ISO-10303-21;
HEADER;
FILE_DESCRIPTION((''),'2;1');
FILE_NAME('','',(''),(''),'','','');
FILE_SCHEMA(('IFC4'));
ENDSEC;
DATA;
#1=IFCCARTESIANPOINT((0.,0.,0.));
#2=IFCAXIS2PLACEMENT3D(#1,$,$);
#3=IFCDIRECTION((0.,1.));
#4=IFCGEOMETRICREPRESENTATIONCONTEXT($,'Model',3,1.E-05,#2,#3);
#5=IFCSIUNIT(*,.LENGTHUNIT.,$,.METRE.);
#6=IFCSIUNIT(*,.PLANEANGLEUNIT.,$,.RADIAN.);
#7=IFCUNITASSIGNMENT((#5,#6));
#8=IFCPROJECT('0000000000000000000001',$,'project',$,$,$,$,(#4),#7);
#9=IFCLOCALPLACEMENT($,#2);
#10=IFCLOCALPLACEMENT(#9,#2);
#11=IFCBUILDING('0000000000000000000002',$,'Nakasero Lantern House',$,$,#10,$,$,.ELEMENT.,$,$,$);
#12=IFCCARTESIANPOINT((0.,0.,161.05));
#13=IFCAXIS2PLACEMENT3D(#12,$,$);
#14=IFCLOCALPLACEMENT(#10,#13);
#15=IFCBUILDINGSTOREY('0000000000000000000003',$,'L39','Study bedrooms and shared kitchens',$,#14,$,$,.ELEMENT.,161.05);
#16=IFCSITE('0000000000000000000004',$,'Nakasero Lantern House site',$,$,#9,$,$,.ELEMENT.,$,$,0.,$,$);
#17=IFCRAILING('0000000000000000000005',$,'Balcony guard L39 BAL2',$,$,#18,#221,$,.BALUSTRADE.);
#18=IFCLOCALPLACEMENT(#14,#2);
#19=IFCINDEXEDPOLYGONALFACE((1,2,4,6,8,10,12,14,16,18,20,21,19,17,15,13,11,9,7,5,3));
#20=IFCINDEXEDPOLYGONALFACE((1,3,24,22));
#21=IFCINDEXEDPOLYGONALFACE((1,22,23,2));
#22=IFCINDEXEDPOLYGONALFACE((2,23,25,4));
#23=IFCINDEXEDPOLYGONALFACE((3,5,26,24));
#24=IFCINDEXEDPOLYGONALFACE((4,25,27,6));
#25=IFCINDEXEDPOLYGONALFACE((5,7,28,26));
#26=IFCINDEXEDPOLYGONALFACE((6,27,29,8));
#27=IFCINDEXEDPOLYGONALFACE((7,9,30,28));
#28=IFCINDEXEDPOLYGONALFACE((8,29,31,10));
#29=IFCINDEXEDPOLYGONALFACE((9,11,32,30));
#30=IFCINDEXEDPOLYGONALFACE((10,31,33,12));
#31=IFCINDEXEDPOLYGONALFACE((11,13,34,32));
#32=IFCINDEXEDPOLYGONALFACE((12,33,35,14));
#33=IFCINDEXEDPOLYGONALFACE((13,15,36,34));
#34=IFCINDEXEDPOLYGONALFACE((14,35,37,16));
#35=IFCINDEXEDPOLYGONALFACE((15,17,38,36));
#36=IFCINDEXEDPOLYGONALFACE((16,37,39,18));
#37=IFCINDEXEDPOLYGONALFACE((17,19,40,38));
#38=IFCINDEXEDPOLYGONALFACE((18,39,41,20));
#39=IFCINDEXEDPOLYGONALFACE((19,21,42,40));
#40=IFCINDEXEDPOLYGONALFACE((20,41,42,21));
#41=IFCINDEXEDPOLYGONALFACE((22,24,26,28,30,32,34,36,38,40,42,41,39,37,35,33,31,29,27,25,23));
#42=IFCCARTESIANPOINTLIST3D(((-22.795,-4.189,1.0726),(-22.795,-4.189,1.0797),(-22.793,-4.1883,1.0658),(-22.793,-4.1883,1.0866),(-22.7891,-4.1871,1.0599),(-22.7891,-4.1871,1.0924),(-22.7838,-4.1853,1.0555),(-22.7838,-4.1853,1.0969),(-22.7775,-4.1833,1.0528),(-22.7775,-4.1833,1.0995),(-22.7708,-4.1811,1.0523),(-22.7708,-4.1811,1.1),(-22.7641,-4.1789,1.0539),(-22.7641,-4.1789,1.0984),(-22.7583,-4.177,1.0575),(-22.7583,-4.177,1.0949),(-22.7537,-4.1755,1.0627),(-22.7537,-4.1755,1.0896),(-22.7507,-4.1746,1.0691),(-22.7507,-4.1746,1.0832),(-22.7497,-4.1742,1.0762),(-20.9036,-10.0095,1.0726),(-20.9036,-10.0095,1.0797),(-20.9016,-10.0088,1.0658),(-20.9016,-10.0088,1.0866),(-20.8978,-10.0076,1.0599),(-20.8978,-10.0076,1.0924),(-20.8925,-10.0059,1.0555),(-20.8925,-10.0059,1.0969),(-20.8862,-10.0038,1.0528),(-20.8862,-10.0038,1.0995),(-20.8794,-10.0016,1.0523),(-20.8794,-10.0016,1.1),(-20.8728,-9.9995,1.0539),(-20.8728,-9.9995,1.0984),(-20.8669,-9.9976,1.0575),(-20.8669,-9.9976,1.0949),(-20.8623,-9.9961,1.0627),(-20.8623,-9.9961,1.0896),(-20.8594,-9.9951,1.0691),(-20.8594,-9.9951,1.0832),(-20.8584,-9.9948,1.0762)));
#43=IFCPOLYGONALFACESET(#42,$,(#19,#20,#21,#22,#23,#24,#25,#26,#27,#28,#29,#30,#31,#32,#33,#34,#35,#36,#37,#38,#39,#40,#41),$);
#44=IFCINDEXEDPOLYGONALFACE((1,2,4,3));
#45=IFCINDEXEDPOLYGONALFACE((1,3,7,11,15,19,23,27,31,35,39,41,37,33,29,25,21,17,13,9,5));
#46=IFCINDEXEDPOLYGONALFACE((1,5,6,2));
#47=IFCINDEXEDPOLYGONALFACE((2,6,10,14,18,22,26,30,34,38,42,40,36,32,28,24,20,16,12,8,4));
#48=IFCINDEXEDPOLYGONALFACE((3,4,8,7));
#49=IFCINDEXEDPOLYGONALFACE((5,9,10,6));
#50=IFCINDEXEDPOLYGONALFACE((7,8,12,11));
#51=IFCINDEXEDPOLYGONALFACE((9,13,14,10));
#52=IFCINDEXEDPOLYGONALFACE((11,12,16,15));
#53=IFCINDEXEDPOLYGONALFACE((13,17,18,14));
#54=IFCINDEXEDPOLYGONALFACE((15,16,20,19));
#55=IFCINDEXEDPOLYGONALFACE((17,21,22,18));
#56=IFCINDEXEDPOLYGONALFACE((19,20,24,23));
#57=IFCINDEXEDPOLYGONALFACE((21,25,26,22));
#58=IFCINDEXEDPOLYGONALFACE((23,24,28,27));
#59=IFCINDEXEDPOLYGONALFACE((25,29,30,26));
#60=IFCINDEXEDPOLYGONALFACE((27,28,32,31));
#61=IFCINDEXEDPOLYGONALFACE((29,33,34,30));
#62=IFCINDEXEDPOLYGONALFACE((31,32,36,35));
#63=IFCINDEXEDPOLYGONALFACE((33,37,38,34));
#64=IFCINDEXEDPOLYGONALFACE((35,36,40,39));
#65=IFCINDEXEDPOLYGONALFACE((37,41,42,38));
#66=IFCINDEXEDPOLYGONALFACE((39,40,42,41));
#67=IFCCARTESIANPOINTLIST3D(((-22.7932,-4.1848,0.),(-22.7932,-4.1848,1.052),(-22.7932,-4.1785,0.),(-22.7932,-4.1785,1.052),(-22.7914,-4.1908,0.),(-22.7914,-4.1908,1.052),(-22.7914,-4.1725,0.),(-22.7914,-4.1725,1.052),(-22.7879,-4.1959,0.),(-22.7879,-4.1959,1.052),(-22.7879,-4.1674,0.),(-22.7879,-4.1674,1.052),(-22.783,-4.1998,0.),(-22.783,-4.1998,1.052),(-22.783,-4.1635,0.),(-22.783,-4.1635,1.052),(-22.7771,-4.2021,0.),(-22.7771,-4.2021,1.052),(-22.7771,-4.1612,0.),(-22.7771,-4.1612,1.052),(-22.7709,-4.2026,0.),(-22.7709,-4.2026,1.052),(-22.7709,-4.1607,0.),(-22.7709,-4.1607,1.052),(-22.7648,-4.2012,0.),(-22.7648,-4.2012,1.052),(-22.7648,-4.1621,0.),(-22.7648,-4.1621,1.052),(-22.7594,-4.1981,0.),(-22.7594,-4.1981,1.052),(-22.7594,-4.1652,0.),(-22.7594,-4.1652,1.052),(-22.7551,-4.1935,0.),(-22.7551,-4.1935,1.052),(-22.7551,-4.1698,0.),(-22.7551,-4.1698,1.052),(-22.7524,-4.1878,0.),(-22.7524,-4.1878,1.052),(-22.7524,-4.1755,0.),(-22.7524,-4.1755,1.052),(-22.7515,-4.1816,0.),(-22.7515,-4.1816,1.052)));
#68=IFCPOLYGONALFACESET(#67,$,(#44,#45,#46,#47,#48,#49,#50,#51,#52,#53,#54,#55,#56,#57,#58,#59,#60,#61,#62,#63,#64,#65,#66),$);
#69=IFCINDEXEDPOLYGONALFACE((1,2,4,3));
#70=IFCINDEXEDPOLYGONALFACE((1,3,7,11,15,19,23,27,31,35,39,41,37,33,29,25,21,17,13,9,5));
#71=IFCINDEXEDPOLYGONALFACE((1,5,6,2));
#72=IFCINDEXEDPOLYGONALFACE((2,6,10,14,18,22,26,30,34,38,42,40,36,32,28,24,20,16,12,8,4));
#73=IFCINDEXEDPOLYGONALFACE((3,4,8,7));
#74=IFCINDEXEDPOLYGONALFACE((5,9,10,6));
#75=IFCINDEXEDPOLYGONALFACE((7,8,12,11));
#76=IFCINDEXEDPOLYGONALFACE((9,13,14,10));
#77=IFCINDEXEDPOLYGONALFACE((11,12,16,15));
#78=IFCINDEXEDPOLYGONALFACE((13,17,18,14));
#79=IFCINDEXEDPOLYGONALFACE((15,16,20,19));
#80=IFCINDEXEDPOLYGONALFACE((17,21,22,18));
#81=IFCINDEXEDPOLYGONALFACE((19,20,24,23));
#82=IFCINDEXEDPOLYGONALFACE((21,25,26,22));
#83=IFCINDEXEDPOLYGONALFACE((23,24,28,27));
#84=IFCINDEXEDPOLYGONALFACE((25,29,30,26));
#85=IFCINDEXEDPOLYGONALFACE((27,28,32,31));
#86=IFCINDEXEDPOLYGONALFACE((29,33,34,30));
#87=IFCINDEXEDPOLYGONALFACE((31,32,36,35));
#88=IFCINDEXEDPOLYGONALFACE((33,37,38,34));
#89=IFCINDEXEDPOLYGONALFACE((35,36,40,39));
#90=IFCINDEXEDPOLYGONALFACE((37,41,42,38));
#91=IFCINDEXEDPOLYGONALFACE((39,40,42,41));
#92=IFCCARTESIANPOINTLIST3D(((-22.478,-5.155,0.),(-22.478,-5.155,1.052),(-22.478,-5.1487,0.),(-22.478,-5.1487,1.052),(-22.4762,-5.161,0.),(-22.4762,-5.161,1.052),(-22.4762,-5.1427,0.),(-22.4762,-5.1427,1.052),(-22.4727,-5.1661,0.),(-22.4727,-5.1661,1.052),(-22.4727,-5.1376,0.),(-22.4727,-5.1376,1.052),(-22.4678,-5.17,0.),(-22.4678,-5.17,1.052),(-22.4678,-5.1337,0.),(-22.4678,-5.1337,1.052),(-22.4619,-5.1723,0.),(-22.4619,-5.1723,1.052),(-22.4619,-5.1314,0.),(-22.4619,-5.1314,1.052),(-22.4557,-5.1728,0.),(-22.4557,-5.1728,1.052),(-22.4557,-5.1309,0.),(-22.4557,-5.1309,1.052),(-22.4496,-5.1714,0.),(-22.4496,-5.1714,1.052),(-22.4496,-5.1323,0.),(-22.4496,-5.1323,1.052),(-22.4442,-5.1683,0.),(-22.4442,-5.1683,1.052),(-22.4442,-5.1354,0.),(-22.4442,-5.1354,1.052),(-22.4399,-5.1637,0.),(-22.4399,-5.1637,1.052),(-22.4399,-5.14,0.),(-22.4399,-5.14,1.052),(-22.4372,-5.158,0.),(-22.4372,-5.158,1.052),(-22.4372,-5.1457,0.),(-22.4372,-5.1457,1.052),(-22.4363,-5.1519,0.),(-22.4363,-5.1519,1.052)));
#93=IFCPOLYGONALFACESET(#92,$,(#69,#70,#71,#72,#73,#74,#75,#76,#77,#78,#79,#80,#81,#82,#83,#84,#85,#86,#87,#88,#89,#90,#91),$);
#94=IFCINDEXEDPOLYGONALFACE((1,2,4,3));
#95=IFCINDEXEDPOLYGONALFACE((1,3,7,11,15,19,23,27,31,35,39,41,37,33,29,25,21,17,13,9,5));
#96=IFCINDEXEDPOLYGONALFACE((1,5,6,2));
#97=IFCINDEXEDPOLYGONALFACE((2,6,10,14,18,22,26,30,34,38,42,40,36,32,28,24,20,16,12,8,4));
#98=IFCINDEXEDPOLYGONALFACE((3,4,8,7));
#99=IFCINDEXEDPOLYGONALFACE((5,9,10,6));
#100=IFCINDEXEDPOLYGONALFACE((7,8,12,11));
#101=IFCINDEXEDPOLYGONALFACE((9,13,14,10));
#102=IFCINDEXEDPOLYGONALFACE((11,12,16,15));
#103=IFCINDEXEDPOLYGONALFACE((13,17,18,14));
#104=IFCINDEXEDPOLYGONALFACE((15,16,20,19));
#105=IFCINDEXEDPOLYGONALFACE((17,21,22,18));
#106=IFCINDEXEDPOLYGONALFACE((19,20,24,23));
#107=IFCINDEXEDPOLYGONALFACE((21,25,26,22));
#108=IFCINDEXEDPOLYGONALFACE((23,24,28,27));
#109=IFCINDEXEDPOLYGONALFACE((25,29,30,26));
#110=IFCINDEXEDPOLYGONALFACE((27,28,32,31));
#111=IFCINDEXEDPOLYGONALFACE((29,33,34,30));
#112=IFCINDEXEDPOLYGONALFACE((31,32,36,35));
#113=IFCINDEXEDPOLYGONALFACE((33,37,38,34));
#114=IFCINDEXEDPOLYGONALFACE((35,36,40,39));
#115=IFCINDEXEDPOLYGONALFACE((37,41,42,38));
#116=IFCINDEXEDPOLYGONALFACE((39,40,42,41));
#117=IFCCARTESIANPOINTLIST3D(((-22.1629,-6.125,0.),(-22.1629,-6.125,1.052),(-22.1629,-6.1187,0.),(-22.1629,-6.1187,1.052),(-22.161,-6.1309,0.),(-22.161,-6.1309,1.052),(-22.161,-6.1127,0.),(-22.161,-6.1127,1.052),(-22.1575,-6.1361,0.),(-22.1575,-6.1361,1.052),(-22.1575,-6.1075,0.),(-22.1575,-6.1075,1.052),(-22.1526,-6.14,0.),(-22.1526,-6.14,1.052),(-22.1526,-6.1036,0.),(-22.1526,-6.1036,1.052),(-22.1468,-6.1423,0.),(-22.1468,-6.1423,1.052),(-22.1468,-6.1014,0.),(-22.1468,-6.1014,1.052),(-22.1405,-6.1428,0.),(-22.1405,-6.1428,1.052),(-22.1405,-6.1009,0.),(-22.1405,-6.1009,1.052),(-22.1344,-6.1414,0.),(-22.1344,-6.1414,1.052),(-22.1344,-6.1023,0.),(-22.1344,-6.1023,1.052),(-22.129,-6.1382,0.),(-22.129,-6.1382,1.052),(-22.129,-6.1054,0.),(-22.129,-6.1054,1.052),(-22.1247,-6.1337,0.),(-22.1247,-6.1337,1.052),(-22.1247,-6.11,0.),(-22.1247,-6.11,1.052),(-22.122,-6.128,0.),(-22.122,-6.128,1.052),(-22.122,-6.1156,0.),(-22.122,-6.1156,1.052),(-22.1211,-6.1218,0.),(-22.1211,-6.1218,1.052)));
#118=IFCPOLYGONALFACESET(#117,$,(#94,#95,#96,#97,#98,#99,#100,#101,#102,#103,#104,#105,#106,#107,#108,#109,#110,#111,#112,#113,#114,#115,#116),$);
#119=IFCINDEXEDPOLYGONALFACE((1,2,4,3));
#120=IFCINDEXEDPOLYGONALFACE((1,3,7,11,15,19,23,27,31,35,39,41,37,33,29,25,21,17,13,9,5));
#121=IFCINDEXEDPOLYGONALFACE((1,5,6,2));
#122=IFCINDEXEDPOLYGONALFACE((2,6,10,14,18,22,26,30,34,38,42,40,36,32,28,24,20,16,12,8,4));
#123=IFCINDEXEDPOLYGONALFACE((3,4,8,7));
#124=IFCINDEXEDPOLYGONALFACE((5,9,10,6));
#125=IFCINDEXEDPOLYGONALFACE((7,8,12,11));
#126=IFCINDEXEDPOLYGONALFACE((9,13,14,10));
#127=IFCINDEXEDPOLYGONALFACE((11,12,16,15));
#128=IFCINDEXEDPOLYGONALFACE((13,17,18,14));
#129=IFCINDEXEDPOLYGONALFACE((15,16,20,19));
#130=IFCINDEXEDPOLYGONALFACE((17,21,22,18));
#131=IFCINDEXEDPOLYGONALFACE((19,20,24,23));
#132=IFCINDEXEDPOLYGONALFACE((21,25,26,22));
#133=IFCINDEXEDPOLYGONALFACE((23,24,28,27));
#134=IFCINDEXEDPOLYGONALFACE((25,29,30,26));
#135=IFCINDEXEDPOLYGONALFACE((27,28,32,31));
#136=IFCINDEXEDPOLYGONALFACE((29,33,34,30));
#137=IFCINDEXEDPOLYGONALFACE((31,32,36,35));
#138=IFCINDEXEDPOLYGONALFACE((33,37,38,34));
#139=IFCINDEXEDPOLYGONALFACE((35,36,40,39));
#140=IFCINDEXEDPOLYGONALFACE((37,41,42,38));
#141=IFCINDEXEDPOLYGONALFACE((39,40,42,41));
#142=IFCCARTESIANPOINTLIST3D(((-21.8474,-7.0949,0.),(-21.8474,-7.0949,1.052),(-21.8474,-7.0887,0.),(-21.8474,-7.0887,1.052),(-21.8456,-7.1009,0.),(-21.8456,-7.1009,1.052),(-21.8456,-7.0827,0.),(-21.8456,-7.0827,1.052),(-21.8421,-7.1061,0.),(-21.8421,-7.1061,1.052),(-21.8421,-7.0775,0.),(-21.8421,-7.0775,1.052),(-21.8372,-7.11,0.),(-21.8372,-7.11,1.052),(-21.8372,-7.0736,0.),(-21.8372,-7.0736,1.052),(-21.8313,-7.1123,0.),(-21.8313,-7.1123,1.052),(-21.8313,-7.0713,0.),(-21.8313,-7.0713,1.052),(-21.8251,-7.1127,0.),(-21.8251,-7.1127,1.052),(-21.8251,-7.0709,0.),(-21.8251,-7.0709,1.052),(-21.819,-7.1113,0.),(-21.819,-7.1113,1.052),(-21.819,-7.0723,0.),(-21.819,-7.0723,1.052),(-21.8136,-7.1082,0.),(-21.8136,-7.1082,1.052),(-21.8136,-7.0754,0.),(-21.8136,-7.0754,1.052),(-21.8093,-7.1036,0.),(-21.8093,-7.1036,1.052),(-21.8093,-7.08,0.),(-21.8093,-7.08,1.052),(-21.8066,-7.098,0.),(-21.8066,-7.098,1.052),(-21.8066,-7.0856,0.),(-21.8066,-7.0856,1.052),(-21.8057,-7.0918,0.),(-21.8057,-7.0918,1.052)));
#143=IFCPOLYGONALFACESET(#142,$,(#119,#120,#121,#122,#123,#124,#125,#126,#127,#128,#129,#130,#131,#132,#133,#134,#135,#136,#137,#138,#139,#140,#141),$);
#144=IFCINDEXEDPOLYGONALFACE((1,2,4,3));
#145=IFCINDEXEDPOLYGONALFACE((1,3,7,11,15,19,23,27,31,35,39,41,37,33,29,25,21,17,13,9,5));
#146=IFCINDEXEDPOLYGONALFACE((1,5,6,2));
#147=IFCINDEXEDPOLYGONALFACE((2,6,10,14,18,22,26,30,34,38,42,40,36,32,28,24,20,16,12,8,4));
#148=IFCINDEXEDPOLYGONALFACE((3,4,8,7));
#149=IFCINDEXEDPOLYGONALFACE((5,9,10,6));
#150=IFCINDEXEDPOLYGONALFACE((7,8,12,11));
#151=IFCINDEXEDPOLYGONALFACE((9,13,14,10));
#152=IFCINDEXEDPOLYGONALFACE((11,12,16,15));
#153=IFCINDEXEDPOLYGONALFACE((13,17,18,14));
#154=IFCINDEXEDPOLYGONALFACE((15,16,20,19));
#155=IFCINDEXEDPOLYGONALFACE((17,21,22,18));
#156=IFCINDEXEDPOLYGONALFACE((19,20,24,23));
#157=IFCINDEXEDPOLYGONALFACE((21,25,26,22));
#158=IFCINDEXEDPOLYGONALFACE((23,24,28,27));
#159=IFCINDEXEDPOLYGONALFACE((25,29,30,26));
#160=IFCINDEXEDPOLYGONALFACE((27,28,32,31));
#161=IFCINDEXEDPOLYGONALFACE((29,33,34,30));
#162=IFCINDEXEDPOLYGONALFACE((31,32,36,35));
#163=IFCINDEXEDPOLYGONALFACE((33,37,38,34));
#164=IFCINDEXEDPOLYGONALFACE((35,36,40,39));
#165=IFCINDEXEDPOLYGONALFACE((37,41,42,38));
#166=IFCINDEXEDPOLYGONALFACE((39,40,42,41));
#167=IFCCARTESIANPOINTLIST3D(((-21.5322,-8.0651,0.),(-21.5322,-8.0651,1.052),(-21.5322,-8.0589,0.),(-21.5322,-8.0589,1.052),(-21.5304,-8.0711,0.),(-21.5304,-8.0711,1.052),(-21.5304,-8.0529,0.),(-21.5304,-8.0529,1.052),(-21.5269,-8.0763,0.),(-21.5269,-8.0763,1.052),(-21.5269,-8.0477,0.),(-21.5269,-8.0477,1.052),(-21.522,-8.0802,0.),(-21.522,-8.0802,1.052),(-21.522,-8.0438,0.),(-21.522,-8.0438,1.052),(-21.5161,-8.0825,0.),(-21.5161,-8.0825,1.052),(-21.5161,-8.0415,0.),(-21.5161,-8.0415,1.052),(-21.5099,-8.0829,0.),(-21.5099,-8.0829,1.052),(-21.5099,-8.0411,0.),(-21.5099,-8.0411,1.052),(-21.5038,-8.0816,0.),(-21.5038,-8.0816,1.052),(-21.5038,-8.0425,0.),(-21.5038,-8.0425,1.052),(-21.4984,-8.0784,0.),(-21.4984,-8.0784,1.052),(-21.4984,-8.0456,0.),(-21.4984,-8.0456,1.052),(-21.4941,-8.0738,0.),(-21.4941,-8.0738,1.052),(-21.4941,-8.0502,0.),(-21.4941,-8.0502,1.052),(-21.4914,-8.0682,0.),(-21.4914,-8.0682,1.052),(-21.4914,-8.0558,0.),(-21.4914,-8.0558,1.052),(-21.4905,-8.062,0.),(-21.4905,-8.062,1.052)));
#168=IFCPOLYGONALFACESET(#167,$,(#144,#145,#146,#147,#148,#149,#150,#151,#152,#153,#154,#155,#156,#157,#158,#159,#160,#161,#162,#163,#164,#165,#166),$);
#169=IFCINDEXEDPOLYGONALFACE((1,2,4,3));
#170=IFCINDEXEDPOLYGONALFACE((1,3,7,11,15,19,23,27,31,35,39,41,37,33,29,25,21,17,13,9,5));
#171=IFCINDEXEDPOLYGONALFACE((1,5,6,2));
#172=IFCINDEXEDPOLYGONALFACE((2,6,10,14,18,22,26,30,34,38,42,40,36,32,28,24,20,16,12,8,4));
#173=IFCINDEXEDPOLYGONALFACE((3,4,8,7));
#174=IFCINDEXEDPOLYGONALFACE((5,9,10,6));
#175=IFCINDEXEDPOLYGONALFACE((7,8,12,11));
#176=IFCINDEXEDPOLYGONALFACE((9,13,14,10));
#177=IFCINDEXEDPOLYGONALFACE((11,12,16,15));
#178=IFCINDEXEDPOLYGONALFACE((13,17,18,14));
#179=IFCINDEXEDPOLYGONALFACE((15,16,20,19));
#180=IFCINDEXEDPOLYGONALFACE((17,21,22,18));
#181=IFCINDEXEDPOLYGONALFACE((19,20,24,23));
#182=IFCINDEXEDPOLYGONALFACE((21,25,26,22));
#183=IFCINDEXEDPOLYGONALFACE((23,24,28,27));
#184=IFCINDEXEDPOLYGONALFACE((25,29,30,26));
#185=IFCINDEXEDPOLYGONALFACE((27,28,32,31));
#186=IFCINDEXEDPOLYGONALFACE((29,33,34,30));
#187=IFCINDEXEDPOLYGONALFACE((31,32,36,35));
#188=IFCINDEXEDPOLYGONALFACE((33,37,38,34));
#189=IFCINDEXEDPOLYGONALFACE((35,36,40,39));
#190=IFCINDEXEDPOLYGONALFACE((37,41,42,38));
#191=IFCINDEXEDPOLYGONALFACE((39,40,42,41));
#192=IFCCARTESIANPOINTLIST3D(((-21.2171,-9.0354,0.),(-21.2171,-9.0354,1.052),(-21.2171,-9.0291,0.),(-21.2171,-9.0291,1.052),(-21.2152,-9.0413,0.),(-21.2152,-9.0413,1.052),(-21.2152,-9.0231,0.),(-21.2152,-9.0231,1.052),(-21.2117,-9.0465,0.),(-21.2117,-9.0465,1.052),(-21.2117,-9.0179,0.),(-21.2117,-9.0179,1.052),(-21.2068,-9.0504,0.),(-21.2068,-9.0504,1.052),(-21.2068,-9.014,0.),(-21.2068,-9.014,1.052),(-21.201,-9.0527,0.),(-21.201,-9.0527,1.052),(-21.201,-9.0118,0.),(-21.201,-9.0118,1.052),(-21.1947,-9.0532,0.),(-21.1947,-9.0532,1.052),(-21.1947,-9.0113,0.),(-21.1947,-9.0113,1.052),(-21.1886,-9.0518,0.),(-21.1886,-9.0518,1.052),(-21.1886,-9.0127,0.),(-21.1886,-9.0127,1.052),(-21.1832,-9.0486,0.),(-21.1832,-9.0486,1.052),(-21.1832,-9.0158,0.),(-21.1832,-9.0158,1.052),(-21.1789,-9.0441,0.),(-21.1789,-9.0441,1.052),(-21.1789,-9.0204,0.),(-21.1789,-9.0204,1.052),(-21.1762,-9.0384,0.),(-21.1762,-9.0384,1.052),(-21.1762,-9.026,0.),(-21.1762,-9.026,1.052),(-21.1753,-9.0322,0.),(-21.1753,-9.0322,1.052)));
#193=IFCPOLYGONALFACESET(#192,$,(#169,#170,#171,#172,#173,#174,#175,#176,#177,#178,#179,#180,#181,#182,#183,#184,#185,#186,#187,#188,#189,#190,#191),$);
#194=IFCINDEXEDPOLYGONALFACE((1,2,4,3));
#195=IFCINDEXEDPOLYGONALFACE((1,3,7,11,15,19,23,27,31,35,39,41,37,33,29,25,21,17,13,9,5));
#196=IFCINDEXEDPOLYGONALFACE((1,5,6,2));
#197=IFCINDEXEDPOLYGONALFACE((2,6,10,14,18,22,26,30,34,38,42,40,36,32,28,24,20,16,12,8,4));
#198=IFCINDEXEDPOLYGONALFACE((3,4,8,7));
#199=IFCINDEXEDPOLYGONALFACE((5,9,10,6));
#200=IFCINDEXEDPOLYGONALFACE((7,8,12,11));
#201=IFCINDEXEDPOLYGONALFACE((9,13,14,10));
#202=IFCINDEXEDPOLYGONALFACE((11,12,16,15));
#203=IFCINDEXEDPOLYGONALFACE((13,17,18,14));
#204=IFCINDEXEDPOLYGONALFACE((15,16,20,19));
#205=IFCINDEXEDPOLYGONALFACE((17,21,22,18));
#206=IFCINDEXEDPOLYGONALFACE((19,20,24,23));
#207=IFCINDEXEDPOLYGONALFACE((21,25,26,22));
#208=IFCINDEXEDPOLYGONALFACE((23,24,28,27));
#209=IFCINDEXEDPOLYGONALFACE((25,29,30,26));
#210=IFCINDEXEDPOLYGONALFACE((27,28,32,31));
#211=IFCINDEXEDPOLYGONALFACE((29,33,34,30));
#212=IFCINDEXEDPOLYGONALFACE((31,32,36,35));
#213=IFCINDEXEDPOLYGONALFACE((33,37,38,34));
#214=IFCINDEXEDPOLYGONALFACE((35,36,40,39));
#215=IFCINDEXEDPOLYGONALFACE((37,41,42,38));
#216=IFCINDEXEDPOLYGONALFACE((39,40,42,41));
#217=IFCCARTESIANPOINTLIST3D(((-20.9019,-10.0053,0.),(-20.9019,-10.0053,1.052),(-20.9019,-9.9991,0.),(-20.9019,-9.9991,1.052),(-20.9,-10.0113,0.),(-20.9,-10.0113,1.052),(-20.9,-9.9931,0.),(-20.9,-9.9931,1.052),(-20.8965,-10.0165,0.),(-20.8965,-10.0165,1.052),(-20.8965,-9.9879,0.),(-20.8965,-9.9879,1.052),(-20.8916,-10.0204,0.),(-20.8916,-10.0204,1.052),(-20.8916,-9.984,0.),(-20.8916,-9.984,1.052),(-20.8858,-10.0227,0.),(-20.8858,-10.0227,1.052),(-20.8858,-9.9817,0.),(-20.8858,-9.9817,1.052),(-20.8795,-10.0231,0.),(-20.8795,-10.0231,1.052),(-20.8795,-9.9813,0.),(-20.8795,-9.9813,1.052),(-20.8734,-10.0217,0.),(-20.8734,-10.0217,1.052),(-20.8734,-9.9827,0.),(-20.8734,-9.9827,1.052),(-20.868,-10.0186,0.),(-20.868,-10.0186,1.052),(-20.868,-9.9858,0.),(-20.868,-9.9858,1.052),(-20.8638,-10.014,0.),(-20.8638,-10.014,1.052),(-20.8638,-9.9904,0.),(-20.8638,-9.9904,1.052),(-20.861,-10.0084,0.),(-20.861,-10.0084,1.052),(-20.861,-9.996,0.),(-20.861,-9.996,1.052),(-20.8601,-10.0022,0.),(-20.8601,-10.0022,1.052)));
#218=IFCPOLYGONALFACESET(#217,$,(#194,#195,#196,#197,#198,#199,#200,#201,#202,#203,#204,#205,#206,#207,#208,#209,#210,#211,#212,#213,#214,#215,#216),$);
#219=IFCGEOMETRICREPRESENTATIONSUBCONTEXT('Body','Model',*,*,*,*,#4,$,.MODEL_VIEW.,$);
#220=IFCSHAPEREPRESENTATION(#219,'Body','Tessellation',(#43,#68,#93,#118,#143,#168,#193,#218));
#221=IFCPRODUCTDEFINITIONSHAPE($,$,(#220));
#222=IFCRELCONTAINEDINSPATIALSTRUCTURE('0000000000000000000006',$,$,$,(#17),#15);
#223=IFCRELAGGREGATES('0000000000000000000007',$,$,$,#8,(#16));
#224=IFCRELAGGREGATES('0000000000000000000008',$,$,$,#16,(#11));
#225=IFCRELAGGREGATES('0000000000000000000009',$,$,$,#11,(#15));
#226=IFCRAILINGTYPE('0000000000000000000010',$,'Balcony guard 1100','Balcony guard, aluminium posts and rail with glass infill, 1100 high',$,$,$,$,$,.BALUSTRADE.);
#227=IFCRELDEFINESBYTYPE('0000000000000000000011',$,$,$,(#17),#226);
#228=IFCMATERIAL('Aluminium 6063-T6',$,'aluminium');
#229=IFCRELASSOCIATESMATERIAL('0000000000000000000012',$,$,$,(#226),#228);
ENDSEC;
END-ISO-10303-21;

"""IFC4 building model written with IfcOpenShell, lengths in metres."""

from ifc_helpers import new_model, si_unit, direction, frame, origin, origin_2d, place, context, subcontext, project, spatial, circle, extrude, material, type_object, element, save


model = new_model("IFC4")

# Units and contexts
model_context = context("Model", 3, precision=1e-05, world=origin(), true_north=direction((0.0, 1.0)))
body_context = subcontext(model_context, "Body", "Model", "MODEL_VIEW")
ifc_project = project(units=[si_unit("LENGTHUNIT", "METRE"), si_unit("PLANEANGLEUNIT", "RADIAN")], contexts=[model_context])

# Site, building, storey
site_placement = place(None, origin())
site = spatial("IfcSite", under=ifc_project, at=site_placement, Name="Nakasero Lantern House site", CompositionType="ELEMENT", RefElevation=0.0)
building_placement = place(site_placement, origin())
building = spatial("IfcBuilding", under=site, at=building_placement, Name="Nakasero Lantern House", CompositionType="ELEMENT")
storey_placement = place(building_placement, frame((0.0, 0.0, 161.05)))
storey = spatial("IfcBuildingStorey", under=building, at=storey_placement, Name="L39", Description="Study bedrooms and shared kitchens", CompositionType="ELEMENT", Elevation=161.05)

# Railing
ifc_material_1 = material(Name="Aluminium 6063-T6", Category="aluminium")
railing_type = type_object("IfcRailingType", Name="Balcony guard 1100", Description="Balcony guard, aluminium posts and rail with glass infill, 1100 high", PredefinedType="BALUSTRADE", material=ifc_material_1)
railing_placement = place(storey_placement, frame((-22.7725, -4.1816, 0.0)))
element("IfcRailing", 1, at=railing_placement, inside=storey, type_object=railing_type, Name="Balcony guard L39 BAL2", PredefinedType="BALUSTRADE", context=body_context, shape_type="SweptSolid", body=[
    extrude(circle(Radius=0.0239, at=origin_2d()), frame((0.0, 0.0, 1.0762), z_axis=(0.309038, -0.95105, 0.0), x_axis=(0.95105, 0.309038, 0.0)), (0.0, 0.0, 1.0), 6.1201),
    extrude(circle(Radius=0.021, at=origin_2d()), origin(), (0.0, 0.0, 1.0), 1.052),
    extrude(circle(Radius=0.021, at=origin_2d()), frame((0.3152, -0.9702, 0.0)), (0.0, 0.0, 1.0), 1.052),
    extrude(circle(Radius=0.021, at=origin_2d()), frame((0.6304, -1.9402, 0.0)), (0.0, 0.0, 1.0), 1.052),
    extrude(circle(Radius=0.021, at=origin_2d()), frame((0.9458, -2.9102, 0.0)), (0.0, 0.0, 1.0), 1.052),
    extrude(circle(Radius=0.021, at=origin_2d()), frame((1.261, -3.8804, 0.0)), (0.0, 0.0, 1.0), 1.052),
    extrude(circle(Radius=0.021, at=origin_2d()), frame((1.5762, -4.8506, 0.0)), (0.0, 0.0, 1.0), 1.052),
    extrude(circle(Radius=0.021, at=origin_2d()), frame((1.8914, -5.8206, 0.0)), (0.0, 0.0, 1.0), 1.052),
])

save(model, "model.ifc")
